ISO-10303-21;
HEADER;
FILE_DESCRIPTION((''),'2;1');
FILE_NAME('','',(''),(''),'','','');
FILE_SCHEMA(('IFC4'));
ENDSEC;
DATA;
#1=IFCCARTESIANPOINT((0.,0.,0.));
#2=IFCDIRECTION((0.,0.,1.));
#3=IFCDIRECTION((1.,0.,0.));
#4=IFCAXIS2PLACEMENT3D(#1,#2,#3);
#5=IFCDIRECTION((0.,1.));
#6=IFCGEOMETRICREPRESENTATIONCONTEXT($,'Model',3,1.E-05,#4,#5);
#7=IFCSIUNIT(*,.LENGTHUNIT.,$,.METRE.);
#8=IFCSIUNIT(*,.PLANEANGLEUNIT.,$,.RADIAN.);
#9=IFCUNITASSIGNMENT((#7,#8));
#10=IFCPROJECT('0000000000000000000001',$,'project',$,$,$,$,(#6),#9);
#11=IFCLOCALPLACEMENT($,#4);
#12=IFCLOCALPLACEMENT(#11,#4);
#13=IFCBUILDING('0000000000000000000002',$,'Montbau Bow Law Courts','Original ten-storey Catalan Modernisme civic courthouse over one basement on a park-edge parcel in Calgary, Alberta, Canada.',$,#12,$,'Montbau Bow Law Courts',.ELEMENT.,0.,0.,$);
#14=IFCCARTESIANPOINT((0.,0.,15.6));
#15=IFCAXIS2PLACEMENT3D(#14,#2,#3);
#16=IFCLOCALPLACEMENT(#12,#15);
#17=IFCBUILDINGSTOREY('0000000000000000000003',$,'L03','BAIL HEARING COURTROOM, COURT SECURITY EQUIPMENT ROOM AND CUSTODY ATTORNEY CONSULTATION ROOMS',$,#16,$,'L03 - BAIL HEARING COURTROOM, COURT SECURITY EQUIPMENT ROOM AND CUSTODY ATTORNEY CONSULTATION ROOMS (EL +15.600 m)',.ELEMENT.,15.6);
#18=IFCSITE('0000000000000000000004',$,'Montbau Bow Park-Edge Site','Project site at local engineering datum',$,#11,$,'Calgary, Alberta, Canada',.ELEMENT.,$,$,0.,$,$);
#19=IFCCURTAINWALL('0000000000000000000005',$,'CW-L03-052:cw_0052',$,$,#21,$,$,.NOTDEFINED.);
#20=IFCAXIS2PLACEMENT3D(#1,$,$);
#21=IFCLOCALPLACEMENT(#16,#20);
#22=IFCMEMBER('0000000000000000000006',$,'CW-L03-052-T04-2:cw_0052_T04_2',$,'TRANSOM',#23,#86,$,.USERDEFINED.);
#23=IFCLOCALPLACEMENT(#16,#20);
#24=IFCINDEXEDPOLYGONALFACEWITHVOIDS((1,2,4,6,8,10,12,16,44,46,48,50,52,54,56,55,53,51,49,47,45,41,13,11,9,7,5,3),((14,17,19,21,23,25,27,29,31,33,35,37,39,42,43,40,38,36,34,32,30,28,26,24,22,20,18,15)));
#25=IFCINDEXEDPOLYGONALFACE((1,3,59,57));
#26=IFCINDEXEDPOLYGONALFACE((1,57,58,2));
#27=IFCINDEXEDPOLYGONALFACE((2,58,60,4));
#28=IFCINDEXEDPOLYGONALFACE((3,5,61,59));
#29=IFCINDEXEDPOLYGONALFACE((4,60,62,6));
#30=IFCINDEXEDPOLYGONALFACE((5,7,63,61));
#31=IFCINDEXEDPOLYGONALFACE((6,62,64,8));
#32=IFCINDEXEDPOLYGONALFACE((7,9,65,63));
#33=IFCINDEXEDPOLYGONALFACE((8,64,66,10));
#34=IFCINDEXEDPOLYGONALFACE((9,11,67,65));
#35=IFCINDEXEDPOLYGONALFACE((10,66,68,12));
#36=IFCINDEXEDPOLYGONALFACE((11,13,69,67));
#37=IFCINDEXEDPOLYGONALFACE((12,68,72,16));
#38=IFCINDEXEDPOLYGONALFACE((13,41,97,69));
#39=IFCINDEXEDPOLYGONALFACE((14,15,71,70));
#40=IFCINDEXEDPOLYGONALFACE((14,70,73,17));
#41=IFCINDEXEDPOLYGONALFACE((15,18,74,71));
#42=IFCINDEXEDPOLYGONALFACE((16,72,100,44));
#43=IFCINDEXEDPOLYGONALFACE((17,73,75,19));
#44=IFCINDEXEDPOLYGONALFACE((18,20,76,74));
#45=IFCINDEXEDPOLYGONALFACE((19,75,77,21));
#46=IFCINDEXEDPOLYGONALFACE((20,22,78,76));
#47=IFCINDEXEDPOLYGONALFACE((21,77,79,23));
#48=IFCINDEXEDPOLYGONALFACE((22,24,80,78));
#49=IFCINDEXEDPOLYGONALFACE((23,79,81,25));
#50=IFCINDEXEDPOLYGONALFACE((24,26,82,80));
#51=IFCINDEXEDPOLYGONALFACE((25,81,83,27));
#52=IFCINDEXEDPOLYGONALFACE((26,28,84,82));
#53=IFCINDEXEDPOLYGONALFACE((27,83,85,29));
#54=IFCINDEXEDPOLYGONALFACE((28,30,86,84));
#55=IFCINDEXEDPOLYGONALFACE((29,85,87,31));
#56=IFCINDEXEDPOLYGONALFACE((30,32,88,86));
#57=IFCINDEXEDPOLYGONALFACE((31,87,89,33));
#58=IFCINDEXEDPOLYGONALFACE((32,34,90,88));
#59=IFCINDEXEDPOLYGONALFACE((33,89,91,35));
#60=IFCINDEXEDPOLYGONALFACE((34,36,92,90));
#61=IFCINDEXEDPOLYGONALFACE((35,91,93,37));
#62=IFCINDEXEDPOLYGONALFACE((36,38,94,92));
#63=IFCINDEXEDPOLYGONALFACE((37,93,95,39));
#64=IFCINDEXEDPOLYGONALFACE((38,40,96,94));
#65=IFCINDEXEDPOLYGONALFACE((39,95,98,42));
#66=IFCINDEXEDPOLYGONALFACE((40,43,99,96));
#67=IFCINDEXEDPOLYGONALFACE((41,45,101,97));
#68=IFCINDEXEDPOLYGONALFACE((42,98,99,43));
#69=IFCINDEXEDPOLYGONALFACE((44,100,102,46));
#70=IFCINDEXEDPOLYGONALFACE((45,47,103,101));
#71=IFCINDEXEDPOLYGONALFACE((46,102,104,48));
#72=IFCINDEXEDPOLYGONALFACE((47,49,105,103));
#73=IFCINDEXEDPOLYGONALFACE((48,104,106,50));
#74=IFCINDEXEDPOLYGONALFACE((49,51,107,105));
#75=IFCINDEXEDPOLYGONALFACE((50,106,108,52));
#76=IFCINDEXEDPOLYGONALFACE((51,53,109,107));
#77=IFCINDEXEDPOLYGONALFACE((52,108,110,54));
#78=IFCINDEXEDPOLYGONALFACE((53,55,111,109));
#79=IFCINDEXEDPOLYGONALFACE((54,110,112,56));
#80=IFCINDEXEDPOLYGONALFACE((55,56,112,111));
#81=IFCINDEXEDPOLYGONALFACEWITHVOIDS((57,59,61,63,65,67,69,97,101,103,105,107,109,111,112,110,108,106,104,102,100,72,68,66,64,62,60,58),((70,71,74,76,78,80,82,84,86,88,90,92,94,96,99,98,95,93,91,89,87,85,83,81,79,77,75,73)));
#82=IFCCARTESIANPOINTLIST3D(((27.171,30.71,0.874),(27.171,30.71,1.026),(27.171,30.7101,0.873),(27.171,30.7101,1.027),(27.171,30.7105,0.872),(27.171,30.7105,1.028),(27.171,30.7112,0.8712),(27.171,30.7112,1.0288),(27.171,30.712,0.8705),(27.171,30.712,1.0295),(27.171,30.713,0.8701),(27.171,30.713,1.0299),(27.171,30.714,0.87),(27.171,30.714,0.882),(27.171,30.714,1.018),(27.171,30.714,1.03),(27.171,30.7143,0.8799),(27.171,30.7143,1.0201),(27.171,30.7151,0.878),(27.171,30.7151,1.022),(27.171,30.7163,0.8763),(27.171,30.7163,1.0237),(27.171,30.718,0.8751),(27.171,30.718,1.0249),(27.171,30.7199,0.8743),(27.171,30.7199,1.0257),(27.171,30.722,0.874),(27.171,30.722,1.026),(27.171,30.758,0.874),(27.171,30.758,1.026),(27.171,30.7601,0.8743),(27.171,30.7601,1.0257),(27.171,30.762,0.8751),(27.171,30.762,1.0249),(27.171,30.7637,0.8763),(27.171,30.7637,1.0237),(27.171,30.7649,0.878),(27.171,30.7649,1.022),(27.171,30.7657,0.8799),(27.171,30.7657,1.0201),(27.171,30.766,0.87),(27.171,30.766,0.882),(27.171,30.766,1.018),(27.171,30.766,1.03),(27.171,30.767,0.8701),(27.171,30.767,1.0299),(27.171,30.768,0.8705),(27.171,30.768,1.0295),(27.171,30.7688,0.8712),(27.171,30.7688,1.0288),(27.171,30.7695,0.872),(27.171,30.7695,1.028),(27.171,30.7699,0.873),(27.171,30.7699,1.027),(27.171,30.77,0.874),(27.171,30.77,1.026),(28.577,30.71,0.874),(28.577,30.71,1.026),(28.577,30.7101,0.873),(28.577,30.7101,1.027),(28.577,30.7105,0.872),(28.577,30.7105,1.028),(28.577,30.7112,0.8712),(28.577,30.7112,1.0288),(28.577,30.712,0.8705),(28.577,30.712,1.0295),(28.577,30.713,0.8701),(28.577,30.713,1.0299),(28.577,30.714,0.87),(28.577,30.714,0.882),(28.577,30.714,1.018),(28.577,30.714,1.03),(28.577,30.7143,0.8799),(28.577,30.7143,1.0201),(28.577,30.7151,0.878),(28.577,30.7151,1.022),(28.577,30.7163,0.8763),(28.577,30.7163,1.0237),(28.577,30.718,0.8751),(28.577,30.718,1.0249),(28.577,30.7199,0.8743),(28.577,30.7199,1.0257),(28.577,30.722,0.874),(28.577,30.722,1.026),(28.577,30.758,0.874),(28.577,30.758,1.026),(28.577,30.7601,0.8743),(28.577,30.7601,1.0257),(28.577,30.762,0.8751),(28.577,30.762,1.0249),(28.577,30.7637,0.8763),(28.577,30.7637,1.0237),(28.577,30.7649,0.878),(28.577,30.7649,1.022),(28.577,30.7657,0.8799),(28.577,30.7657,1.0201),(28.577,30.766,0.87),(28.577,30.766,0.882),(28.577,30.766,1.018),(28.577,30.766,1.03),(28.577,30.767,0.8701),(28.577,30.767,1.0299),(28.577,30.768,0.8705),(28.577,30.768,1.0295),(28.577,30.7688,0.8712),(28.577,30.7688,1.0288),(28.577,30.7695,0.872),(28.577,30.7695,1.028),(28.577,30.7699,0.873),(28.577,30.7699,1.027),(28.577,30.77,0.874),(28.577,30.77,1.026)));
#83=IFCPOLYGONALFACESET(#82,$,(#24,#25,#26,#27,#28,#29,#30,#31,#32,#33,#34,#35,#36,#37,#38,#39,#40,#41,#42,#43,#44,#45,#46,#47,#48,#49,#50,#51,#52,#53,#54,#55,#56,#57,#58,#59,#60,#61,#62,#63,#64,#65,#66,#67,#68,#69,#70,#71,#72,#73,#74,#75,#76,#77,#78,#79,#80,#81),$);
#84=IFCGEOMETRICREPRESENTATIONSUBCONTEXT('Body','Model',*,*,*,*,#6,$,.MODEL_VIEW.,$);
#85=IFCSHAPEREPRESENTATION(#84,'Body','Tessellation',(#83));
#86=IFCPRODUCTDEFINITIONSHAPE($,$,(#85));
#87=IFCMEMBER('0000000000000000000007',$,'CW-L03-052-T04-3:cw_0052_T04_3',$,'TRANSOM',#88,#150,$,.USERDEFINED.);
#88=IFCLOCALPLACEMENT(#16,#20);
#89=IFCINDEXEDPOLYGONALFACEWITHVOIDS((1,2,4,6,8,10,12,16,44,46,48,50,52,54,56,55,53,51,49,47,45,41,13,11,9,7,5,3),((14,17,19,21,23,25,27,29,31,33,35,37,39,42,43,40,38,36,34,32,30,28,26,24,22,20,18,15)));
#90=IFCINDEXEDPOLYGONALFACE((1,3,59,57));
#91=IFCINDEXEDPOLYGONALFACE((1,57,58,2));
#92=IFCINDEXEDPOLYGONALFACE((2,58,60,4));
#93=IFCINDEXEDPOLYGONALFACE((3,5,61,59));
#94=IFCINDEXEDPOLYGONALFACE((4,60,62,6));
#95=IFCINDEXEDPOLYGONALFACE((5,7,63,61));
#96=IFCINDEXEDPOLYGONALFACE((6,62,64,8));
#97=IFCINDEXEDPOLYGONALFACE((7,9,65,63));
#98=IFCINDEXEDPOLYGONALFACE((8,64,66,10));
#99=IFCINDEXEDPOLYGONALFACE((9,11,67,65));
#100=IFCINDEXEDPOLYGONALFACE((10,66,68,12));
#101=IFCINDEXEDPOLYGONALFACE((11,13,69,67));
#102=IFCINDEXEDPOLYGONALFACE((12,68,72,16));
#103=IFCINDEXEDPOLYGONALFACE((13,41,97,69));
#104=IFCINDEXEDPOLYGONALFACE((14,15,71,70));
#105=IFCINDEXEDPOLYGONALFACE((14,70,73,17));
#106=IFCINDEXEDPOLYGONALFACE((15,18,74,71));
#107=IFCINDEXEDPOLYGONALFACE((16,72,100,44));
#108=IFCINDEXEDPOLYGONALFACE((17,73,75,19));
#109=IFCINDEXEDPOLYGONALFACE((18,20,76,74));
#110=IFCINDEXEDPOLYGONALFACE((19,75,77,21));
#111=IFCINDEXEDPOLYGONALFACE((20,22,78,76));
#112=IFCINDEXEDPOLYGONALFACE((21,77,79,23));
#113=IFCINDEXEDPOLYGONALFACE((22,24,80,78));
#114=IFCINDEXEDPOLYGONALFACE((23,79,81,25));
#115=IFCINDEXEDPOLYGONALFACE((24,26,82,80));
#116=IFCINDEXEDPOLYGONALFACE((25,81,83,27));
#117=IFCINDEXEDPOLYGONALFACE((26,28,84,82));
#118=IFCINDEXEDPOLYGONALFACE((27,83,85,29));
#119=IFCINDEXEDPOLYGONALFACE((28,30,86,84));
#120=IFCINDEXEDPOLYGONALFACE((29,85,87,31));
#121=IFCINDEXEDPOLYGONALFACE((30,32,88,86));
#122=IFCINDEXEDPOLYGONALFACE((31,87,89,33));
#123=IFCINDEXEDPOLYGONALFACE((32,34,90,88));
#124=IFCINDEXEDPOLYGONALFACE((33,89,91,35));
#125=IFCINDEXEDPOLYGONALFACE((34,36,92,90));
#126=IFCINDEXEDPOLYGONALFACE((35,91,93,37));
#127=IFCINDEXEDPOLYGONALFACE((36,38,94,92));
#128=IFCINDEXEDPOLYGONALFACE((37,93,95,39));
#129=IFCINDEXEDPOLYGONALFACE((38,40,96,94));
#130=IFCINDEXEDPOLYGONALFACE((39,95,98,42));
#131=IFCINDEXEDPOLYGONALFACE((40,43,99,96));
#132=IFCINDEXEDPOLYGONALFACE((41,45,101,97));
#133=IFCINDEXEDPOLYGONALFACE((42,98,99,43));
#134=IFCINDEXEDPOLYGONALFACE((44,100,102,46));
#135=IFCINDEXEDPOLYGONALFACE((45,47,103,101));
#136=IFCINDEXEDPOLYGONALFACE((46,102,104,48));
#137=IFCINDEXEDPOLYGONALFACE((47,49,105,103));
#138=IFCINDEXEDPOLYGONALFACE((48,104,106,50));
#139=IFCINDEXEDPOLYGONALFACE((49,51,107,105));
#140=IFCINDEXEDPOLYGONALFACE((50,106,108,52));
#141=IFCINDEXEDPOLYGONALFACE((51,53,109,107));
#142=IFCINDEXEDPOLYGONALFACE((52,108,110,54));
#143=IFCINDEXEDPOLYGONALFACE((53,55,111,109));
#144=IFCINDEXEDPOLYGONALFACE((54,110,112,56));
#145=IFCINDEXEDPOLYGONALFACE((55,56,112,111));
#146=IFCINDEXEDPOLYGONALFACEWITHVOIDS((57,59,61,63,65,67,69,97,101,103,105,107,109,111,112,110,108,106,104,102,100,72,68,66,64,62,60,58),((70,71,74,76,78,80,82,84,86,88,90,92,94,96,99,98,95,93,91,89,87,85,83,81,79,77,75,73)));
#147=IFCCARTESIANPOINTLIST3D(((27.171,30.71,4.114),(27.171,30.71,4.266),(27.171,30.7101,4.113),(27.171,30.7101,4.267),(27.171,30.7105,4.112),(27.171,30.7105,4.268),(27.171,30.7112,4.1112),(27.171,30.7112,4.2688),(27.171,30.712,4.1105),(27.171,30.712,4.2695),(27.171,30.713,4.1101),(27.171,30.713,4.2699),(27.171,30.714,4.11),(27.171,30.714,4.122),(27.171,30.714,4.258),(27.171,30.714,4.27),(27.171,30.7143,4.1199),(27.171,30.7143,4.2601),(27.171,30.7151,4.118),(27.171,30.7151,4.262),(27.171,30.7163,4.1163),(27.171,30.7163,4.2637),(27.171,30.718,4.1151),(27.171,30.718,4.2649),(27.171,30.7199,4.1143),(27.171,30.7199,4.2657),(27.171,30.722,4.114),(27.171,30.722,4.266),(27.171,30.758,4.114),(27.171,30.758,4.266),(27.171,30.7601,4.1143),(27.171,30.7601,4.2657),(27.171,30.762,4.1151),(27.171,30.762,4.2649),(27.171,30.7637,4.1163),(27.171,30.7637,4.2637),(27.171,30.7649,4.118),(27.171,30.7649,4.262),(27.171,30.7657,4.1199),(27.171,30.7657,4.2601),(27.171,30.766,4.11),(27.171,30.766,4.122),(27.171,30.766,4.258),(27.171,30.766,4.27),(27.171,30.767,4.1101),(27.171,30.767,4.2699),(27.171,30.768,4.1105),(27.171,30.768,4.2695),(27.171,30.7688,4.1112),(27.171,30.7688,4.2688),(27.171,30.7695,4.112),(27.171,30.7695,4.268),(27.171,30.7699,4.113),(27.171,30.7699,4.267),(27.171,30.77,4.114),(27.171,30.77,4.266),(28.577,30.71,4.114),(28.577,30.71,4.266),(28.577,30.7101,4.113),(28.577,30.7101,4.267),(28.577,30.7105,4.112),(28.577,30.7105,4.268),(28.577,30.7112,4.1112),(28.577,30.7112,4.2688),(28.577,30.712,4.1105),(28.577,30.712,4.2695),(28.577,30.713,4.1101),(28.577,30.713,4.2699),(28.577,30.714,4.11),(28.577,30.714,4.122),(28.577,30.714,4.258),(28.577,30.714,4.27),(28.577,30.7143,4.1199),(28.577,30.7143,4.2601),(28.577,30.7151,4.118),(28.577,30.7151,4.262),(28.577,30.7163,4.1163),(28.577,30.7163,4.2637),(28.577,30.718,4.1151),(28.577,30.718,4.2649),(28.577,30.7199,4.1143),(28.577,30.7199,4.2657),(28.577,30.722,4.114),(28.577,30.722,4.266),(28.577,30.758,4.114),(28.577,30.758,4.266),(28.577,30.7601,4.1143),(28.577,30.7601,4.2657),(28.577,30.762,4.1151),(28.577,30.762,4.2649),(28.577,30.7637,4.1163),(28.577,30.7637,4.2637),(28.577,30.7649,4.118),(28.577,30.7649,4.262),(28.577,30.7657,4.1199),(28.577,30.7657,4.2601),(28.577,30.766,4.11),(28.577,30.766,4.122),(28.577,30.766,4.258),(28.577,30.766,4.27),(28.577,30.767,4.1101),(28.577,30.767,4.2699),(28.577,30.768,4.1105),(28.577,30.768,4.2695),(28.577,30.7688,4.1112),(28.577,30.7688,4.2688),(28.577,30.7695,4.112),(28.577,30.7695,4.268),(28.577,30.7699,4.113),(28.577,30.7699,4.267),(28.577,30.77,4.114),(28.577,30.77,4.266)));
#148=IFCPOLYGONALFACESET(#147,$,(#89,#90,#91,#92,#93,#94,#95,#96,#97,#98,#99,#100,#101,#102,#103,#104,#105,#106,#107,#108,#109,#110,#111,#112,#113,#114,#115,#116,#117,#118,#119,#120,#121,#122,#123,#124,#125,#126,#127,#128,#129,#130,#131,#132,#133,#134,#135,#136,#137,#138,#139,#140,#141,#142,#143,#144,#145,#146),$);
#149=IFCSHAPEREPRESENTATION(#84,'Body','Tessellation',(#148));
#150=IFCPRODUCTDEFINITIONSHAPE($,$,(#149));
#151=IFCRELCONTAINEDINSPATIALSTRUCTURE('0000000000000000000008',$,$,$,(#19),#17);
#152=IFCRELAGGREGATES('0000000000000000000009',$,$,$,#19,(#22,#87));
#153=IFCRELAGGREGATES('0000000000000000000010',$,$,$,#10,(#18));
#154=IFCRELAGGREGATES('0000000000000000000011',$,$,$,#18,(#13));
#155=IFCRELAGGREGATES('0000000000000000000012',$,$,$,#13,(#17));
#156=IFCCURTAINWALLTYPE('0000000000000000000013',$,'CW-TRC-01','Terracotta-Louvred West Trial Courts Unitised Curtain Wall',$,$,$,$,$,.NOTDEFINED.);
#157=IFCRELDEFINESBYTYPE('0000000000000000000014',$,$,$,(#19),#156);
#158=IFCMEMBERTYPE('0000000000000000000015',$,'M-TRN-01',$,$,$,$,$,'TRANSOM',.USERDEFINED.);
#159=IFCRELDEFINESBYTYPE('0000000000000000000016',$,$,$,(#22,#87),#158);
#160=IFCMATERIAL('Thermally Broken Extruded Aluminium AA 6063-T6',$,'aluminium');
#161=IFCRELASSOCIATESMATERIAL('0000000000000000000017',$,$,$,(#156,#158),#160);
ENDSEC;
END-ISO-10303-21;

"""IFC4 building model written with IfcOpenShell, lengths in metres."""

from ifc_helpers import new_model, si_unit, direction, frame, origin_with_axes, origin_2d_with_axis, place, context, subcontext, project, spatial, hollow_rectangle, extrude, material, material_profile, profile_set, type_object, element, aggregate, save


model = new_model("IFC4")

# Units and contexts
model_context = context("Model", 3, precision=1e-05, world=origin_with_axes(), true_north=direction((0.0, 1.0)))
body_context = subcontext(model_context, "Body", "Model", "MODEL_VIEW")
ifc_project = project(units=[si_unit("LENGTHUNIT", "METRE"), si_unit("PLANEANGLEUNIT", "RADIAN")], contexts=[model_context])

# Site, building, storey
site_placement = place(None, origin_with_axes())
site = spatial("IfcSite", under=ifc_project, at=site_placement, Name="Montbau Bow Park-Edge Site", Description="Project site at local engineering datum", LongName="Calgary, Alberta, Canada", CompositionType="ELEMENT", RefElevation=0.0)
building_placement = place(site_placement, origin_with_axes())
building = spatial("IfcBuilding", under=site, at=building_placement, Name="Montbau Bow Law Courts", Description="Original ten-storey Catalan Modernisme civic courthouse over one basement on a park-edge parcel in Calgary, Alberta, Canada.", LongName="Montbau Bow Law Courts", CompositionType="ELEMENT", ElevationOfRefHeight=0.0, ElevationOfTerrain=0.0)
storey_placement = place(building_placement, frame((0.0, 0.0, 15.6), z_axis=(0.0, 0.0, 1.0), x_axis=(1.0, 0.0, 0.0)))
storey = spatial("IfcBuildingStorey", under=building, at=storey_placement, Name="L03", Description="BAIL HEARING COURTROOM, COURT SECURITY EQUIPMENT ROOM AND CUSTODY ATTORNEY CONSULTATION ROOMS", LongName="L03 - BAIL HEARING COURTROOM, COURT SECURITY EQUIPMENT ROOM AND CUSTODY ATTORNEY CONSULTATION ROOMS (EL +15.600 m)", CompositionType="ELEMENT", Elevation=15.6)

# Curtain wall, members
ifc_material_1 = material(Name="Thermally Broken Extruded Aluminium AA 6063-T6", Category="aluminium")
curtain_wall_type = type_object("IfcCurtainWallType", Name="CW-TRC-01", Description="Terracotta-Louvred West Trial Courts Unitised Curtain Wall", PredefinedType="NOTDEFINED", material=ifc_material_1)
curtain_wall_placement = place(None, frame((22.715, 30.74, 15.6), z_axis=(0.0, 0.0, 1.0), x_axis=(1.0, 0.0, 0.0)))
curtain_wall = element("IfcCurtainWall", 1, at=curtain_wall_placement, inside=storey, type_object=curtain_wall_type, Name="CW-L03-052:cw_0052", PredefinedType="NOTDEFINED")
ifc_material_profile_1 = material_profile(ifc_material_1, hollow_rectangle(XDim=0.06, YDim=0.16, WallThickness=0.004, InnerFilletRadius=0.008, OuterFilletRadius=0.004, at=origin_2d_with_axis()), Name="CWT-160X60", Category="Main", Priority=0)
ifc_profile_set_1 = profile_set([ifc_material_profile_1], Name="Thermally Broken Extruded Aluminium AA 6063-T6")
member_type_1 = type_object("IfcMemberType", Name="M-TRN-01", ElementType="TRANSOM", PredefinedType="USERDEFINED", material=ifc_profile_set_1)
member_1_placement = place(None, frame((27.171, 30.74, 16.55), z_axis=(1.0, 0.0, 0.0), x_axis=(0.0, 1.0, 0.0)))
member_1 = element("IfcMember", 2, at=member_1_placement, type_object=member_type_1, Name="CW-L03-052-T04-2:cw_0052_T04_2", ObjectType="TRANSOM", PredefinedType="USERDEFINED", context=body_context, shape_type="SweptSolid", body=[
    extrude(hollow_rectangle(XDim=0.06, YDim=0.16, WallThickness=0.004, InnerFilletRadius=0.008, OuterFilletRadius=0.004, at=origin_2d_with_axis()), origin_with_axes(), (0.0, 0.0, 1.0), 1.406),
])
member_2_placement = place(None, frame((27.171, 30.74, 19.79), z_axis=(1.0, 0.0, 0.0), x_axis=(0.0, 1.0, 0.0)))
member_2 = element("IfcMember", 3, at=member_2_placement, type_object=member_type_1, Name="CW-L03-052-T04-3:cw_0052_T04_3", ObjectType="TRANSOM", PredefinedType="USERDEFINED", context=body_context, shape_type="SweptSolid", body=[
    extrude(hollow_rectangle(XDim=0.06, YDim=0.16, WallThickness=0.004, InnerFilletRadius=0.008, OuterFilletRadius=0.004, at=origin_2d_with_axis()), origin_with_axes(), (0.0, 0.0, 1.0), 1.406),
])
aggregate(curtain_wall, [member_1, member_2])

save(model, "model.ifc")
